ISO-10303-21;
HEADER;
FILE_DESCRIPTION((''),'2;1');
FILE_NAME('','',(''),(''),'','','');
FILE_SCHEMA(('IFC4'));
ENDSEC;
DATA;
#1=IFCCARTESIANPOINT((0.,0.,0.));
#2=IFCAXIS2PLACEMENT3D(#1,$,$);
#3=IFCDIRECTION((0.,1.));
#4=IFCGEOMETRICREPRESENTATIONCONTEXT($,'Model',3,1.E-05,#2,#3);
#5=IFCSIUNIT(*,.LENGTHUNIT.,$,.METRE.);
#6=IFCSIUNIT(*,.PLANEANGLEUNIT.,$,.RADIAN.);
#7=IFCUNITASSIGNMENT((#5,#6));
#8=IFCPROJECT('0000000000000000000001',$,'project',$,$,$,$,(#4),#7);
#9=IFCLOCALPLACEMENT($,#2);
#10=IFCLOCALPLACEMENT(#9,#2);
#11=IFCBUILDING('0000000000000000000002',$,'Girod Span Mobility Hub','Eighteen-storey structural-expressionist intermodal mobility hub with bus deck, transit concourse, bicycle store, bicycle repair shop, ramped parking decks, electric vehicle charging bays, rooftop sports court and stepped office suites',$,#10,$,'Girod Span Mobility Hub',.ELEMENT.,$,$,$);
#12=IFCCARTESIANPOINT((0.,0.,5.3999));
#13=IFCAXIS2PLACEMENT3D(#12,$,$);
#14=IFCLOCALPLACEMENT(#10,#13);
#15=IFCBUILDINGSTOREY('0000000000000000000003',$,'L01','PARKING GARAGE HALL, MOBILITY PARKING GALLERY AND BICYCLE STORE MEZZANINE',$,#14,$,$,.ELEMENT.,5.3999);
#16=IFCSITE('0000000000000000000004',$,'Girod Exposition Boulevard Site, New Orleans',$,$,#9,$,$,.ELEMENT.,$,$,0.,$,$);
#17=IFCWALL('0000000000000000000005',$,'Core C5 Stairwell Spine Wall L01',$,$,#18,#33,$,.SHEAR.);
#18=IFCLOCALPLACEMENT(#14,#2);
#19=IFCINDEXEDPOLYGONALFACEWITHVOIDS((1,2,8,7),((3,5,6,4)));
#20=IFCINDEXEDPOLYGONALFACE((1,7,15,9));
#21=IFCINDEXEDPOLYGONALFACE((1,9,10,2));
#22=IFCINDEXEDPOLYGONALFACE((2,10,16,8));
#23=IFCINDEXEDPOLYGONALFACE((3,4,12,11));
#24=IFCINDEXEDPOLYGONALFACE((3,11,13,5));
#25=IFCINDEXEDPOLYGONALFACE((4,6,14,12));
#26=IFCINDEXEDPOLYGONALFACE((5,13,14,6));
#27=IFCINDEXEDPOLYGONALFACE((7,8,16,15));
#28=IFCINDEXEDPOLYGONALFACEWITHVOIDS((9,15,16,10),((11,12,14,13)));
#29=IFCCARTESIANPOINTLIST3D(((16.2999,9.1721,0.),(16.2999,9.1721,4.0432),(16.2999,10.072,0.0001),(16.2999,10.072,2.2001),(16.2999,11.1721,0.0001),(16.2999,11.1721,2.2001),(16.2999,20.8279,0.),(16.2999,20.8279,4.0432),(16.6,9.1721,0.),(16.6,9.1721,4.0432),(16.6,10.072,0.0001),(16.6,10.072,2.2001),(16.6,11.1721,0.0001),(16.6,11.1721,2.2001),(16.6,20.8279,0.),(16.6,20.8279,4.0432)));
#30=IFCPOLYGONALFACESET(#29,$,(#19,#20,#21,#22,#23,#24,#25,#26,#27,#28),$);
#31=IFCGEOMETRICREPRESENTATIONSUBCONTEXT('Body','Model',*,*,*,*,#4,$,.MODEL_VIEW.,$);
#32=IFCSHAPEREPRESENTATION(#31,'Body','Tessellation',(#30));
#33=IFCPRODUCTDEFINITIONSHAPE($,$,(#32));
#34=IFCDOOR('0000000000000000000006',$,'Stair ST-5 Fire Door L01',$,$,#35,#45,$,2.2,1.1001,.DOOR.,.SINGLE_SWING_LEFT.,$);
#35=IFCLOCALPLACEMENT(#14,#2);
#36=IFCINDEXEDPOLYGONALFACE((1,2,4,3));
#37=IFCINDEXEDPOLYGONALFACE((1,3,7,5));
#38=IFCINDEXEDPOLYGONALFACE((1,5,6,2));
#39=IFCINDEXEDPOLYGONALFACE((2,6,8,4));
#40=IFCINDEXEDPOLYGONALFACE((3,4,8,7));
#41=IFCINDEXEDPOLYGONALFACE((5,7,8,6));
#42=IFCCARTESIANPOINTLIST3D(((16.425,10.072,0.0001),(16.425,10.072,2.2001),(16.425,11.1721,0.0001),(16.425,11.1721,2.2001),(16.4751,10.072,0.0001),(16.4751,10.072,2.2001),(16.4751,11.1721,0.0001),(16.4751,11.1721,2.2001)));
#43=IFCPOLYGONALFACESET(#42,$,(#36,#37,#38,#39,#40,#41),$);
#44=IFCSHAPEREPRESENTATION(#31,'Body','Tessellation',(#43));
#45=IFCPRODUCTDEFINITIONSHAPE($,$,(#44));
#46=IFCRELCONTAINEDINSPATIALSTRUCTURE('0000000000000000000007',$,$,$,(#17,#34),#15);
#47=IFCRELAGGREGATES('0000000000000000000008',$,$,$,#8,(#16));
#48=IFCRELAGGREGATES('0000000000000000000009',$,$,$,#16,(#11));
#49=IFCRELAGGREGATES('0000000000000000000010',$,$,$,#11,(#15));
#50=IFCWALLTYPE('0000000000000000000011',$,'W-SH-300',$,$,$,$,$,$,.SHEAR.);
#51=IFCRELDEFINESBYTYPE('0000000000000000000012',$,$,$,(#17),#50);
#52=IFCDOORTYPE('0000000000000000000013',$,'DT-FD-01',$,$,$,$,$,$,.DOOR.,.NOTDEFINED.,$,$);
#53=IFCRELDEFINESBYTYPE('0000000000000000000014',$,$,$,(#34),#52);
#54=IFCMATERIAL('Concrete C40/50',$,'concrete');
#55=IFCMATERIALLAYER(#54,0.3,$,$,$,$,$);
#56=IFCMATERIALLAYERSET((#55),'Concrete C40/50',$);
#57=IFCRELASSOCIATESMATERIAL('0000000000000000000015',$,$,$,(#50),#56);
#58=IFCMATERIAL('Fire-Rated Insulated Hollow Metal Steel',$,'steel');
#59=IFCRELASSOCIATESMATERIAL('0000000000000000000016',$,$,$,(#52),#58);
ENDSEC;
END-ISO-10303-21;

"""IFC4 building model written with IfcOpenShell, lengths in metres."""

from ifc_helpers import new_model, si_unit, direction, frame, frame_2d, origin, place, context, subcontext, project, spatial, rectangle, extrude, material, layer, layer_set, type_object, element, fill, save


model = new_model("IFC4")

# Units and contexts
model_context = context("Model", 3, precision=1e-05, world=origin(), true_north=direction((0.0, 1.0)))
body_context = subcontext(model_context, "Body", "Model", "MODEL_VIEW")
ifc_project = project(units=[si_unit("LENGTHUNIT", "METRE"), si_unit("PLANEANGLEUNIT", "RADIAN")], contexts=[model_context])

# Site, building, storey
site_placement = place(None, origin())
site = spatial("IfcSite", under=ifc_project, at=site_placement, Name="Girod Exposition Boulevard Site, New Orleans", CompositionType="ELEMENT", RefElevation=0.0)
building_placement = place(site_placement, origin())
building = spatial("IfcBuilding", under=site, at=building_placement, Name="Girod Span Mobility Hub", Description="Eighteen-storey structural-expressionist intermodal mobility hub with bus deck, transit concourse, bicycle store, bicycle repair shop, ramped parking decks, electric vehicle charging bays, rooftop sports court and stepped office suites", LongName="Girod Span Mobility Hub", CompositionType="ELEMENT")
storey_placement = place(building_placement, frame((0.0, 0.0, 5.3999)))
storey = spatial("IfcBuildingStorey", under=building, at=storey_placement, Name="L01", Description="PARKING GARAGE HALL, MOBILITY PARKING GALLERY AND BICYCLE STORE MEZZANINE", CompositionType="ELEMENT", Elevation=5.3999)

# Wall, opening, door
ifc_material_1 = material(Name="Concrete C40/50", Category="concrete")
ifc_layer_1 = layer(ifc_material_1, 0.3)
ifc_layer_set_1 = layer_set([ifc_layer_1], Name="Concrete C40/50")
wall_type_1 = type_object("IfcWallType", Name="W-SH-300", PredefinedType="SHEAR", material=ifc_layer_set_1)
wall_1_placement = place(storey_placement, frame((16.45, 9.1721, 0.0), z_axis=(0.0, 0.0, 1.0), x_axis=(0.0, 1.0, 0.0)))
wall_1 = element("IfcWall", 1, at=wall_1_placement, inside=storey, type_object=wall_type_1, Name="Core C5 Stairwell Spine Wall L01", PredefinedType="SHEAR", context=body_context, shape_type="SweptSolid", body=[
    extrude(rectangle(XDim=11.6558, YDim=0.3, at=frame_2d((5.8279, 0.0))), origin(), (0.0, 0.0, 1.0), 4.0432),
])
opening_placement = place(wall_1_placement, frame((0.8999, 0.0, 0.0)))
opening = element("IfcOpeningElement", 2, at=opening_placement, cuts=wall_1, PredefinedType="OPENING", context=body_context, shape_type="SweptSolid", body=[
    extrude(rectangle(XDim=1.1001, YDim=2.2, at=frame_2d((0.55, 1.1001))), frame((0.0, 0.165, 0.0), z_axis=(0.0, -1.0, 0.0), x_axis=(1.0, 0.0, 0.0)), (0.0, 0.0, 1.0), 0.3301),
])
ifc_material_2 = material(Name="Fire-Rated Insulated Hollow Metal Steel", Category="steel")
door_type = type_object("IfcDoorType", Name="DT-FD-01", OperationType="NOTDEFINED", PredefinedType="DOOR", material=ifc_material_2)
door_placement = place(opening_placement, origin())
door = element("IfcDoor", 3, at=door_placement, inside=storey, type_object=door_type, Name="Stair ST-5 Fire Door L01", OperationType="SINGLE_SWING_LEFT", OverallHeight=2.2, OverallWidth=1.1001, PredefinedType="DOOR", context=body_context, shape_type="SweptSolid", body=[
    extrude(rectangle(XDim=1.1001, YDim=2.2, at=frame_2d((0.55, 1.1001))), frame((0.0, 0.0249, 0.0), z_axis=(0.0, -1.0, 0.0), x_axis=(1.0, 0.0, 0.0)), (0.0, 0.0, 1.0), 0.05),
])
fill(opening, door)

save(model, "model.ifc")
